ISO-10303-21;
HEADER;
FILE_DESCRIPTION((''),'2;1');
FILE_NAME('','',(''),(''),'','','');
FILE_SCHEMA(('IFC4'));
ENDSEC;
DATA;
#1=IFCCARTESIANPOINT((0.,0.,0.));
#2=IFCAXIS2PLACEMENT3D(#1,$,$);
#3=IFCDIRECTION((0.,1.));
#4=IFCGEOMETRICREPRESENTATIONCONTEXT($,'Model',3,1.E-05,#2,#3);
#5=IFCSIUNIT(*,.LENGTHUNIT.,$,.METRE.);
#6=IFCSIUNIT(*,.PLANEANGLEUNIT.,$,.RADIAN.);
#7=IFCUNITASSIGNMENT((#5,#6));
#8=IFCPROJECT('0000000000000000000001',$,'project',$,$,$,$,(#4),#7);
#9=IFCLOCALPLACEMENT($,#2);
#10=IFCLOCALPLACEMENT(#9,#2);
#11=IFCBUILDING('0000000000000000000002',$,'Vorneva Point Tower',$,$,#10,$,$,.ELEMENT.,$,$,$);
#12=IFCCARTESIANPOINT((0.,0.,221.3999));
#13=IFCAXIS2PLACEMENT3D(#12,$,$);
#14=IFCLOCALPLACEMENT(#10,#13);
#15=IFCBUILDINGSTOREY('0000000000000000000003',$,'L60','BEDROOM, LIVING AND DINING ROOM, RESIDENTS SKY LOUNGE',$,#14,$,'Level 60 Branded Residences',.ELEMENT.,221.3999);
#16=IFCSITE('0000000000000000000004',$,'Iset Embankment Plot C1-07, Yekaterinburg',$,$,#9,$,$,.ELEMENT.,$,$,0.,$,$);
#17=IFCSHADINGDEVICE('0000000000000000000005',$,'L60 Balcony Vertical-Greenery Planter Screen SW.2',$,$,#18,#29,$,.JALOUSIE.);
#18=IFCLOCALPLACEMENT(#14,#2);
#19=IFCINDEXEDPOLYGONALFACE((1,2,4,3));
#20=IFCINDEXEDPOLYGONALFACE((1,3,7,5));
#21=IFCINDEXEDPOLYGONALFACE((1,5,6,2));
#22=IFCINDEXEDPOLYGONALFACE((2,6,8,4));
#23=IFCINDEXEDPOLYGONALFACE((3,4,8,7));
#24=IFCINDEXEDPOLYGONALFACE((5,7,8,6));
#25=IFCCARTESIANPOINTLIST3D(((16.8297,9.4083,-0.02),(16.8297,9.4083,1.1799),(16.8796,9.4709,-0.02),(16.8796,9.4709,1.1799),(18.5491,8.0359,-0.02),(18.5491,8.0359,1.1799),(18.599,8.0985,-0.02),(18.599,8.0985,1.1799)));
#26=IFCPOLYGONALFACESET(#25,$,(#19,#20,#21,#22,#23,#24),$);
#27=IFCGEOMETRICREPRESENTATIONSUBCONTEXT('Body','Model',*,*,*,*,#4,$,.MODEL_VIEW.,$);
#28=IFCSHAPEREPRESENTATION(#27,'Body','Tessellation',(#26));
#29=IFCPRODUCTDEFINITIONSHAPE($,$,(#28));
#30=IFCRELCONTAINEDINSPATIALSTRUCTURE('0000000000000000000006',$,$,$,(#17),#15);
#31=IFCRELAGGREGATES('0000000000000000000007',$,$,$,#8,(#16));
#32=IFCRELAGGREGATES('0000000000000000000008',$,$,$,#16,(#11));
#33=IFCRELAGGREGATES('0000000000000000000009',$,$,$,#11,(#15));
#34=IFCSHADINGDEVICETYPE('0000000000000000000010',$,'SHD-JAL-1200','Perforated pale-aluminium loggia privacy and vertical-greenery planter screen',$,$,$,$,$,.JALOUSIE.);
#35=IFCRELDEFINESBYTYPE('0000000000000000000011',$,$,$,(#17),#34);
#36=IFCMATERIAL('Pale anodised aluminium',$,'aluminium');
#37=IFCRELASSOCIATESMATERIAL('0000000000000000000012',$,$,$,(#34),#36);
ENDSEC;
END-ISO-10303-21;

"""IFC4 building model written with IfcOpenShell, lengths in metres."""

from ifc_helpers import new_model, si_unit, direction, frame, origin, origin_2d, place, context, subcontext, project, spatial, rectangle, extrude, material, type_object, element, save


model = new_model("IFC4")

# Units and contexts
model_context = context("Model", 3, precision=1e-05, world=origin(), true_north=direction((0.0, 1.0)))
body_context = subcontext(model_context, "Body", "Model", "MODEL_VIEW")
ifc_project = project(units=[si_unit("LENGTHUNIT", "METRE"), si_unit("PLANEANGLEUNIT", "RADIAN")], contexts=[model_context])

# Site, building, storey
site_placement = place(None, origin())
site = spatial("IfcSite", under=ifc_project, at=site_placement, Name="Iset Embankment Plot C1-07, Yekaterinburg", CompositionType="ELEMENT", RefElevation=0.0)
building_placement = place(site_placement, origin())
building = spatial("IfcBuilding", under=site, at=building_placement, Name="Vorneva Point Tower", CompositionType="ELEMENT")
storey_placement = place(building_placement, frame((0.0, 0.0, 221.3999)))
storey = spatial("IfcBuildingStorey", under=building, at=storey_placement, Name="L60", Description="BEDROOM, LIVING AND DINING ROOM, RESIDENTS SKY LOUNGE", LongName="Level 60 Branded Residences", CompositionType="ELEMENT", Elevation=221.3999)

# Shared definitions
ifc_material_1 = material(Name="Pale anodised aluminium", Category="aluminium")

# Shading device
shading_device_type = type_object("IfcShadingDeviceType", Name="SHD-JAL-1200", Description="Perforated pale-aluminium loggia privacy and vertical-greenery planter screen", PredefinedType="JALOUSIE", material=ifc_material_1)
shading_device_placement = place(storey_placement, frame((17.7144, 8.7534, -0.02), z_axis=(0.0, 0.0, 1.0), x_axis=(0.781575, -0.623811, 0.0)))
element("IfcShadingDevice", 1, at=shading_device_placement, inside=storey, type_object=shading_device_type, Name="L60 Balcony Vertical-Greenery Planter Screen SW.2", PredefinedType="JALOUSIE", context=body_context, shape_type="SweptSolid", body=[
    extrude(rectangle(XDim=2.2, YDim=0.0801, at=origin_2d()), origin(), (0.0, 0.0, 1.0), 1.2),
])

save(model, "model.ifc")
